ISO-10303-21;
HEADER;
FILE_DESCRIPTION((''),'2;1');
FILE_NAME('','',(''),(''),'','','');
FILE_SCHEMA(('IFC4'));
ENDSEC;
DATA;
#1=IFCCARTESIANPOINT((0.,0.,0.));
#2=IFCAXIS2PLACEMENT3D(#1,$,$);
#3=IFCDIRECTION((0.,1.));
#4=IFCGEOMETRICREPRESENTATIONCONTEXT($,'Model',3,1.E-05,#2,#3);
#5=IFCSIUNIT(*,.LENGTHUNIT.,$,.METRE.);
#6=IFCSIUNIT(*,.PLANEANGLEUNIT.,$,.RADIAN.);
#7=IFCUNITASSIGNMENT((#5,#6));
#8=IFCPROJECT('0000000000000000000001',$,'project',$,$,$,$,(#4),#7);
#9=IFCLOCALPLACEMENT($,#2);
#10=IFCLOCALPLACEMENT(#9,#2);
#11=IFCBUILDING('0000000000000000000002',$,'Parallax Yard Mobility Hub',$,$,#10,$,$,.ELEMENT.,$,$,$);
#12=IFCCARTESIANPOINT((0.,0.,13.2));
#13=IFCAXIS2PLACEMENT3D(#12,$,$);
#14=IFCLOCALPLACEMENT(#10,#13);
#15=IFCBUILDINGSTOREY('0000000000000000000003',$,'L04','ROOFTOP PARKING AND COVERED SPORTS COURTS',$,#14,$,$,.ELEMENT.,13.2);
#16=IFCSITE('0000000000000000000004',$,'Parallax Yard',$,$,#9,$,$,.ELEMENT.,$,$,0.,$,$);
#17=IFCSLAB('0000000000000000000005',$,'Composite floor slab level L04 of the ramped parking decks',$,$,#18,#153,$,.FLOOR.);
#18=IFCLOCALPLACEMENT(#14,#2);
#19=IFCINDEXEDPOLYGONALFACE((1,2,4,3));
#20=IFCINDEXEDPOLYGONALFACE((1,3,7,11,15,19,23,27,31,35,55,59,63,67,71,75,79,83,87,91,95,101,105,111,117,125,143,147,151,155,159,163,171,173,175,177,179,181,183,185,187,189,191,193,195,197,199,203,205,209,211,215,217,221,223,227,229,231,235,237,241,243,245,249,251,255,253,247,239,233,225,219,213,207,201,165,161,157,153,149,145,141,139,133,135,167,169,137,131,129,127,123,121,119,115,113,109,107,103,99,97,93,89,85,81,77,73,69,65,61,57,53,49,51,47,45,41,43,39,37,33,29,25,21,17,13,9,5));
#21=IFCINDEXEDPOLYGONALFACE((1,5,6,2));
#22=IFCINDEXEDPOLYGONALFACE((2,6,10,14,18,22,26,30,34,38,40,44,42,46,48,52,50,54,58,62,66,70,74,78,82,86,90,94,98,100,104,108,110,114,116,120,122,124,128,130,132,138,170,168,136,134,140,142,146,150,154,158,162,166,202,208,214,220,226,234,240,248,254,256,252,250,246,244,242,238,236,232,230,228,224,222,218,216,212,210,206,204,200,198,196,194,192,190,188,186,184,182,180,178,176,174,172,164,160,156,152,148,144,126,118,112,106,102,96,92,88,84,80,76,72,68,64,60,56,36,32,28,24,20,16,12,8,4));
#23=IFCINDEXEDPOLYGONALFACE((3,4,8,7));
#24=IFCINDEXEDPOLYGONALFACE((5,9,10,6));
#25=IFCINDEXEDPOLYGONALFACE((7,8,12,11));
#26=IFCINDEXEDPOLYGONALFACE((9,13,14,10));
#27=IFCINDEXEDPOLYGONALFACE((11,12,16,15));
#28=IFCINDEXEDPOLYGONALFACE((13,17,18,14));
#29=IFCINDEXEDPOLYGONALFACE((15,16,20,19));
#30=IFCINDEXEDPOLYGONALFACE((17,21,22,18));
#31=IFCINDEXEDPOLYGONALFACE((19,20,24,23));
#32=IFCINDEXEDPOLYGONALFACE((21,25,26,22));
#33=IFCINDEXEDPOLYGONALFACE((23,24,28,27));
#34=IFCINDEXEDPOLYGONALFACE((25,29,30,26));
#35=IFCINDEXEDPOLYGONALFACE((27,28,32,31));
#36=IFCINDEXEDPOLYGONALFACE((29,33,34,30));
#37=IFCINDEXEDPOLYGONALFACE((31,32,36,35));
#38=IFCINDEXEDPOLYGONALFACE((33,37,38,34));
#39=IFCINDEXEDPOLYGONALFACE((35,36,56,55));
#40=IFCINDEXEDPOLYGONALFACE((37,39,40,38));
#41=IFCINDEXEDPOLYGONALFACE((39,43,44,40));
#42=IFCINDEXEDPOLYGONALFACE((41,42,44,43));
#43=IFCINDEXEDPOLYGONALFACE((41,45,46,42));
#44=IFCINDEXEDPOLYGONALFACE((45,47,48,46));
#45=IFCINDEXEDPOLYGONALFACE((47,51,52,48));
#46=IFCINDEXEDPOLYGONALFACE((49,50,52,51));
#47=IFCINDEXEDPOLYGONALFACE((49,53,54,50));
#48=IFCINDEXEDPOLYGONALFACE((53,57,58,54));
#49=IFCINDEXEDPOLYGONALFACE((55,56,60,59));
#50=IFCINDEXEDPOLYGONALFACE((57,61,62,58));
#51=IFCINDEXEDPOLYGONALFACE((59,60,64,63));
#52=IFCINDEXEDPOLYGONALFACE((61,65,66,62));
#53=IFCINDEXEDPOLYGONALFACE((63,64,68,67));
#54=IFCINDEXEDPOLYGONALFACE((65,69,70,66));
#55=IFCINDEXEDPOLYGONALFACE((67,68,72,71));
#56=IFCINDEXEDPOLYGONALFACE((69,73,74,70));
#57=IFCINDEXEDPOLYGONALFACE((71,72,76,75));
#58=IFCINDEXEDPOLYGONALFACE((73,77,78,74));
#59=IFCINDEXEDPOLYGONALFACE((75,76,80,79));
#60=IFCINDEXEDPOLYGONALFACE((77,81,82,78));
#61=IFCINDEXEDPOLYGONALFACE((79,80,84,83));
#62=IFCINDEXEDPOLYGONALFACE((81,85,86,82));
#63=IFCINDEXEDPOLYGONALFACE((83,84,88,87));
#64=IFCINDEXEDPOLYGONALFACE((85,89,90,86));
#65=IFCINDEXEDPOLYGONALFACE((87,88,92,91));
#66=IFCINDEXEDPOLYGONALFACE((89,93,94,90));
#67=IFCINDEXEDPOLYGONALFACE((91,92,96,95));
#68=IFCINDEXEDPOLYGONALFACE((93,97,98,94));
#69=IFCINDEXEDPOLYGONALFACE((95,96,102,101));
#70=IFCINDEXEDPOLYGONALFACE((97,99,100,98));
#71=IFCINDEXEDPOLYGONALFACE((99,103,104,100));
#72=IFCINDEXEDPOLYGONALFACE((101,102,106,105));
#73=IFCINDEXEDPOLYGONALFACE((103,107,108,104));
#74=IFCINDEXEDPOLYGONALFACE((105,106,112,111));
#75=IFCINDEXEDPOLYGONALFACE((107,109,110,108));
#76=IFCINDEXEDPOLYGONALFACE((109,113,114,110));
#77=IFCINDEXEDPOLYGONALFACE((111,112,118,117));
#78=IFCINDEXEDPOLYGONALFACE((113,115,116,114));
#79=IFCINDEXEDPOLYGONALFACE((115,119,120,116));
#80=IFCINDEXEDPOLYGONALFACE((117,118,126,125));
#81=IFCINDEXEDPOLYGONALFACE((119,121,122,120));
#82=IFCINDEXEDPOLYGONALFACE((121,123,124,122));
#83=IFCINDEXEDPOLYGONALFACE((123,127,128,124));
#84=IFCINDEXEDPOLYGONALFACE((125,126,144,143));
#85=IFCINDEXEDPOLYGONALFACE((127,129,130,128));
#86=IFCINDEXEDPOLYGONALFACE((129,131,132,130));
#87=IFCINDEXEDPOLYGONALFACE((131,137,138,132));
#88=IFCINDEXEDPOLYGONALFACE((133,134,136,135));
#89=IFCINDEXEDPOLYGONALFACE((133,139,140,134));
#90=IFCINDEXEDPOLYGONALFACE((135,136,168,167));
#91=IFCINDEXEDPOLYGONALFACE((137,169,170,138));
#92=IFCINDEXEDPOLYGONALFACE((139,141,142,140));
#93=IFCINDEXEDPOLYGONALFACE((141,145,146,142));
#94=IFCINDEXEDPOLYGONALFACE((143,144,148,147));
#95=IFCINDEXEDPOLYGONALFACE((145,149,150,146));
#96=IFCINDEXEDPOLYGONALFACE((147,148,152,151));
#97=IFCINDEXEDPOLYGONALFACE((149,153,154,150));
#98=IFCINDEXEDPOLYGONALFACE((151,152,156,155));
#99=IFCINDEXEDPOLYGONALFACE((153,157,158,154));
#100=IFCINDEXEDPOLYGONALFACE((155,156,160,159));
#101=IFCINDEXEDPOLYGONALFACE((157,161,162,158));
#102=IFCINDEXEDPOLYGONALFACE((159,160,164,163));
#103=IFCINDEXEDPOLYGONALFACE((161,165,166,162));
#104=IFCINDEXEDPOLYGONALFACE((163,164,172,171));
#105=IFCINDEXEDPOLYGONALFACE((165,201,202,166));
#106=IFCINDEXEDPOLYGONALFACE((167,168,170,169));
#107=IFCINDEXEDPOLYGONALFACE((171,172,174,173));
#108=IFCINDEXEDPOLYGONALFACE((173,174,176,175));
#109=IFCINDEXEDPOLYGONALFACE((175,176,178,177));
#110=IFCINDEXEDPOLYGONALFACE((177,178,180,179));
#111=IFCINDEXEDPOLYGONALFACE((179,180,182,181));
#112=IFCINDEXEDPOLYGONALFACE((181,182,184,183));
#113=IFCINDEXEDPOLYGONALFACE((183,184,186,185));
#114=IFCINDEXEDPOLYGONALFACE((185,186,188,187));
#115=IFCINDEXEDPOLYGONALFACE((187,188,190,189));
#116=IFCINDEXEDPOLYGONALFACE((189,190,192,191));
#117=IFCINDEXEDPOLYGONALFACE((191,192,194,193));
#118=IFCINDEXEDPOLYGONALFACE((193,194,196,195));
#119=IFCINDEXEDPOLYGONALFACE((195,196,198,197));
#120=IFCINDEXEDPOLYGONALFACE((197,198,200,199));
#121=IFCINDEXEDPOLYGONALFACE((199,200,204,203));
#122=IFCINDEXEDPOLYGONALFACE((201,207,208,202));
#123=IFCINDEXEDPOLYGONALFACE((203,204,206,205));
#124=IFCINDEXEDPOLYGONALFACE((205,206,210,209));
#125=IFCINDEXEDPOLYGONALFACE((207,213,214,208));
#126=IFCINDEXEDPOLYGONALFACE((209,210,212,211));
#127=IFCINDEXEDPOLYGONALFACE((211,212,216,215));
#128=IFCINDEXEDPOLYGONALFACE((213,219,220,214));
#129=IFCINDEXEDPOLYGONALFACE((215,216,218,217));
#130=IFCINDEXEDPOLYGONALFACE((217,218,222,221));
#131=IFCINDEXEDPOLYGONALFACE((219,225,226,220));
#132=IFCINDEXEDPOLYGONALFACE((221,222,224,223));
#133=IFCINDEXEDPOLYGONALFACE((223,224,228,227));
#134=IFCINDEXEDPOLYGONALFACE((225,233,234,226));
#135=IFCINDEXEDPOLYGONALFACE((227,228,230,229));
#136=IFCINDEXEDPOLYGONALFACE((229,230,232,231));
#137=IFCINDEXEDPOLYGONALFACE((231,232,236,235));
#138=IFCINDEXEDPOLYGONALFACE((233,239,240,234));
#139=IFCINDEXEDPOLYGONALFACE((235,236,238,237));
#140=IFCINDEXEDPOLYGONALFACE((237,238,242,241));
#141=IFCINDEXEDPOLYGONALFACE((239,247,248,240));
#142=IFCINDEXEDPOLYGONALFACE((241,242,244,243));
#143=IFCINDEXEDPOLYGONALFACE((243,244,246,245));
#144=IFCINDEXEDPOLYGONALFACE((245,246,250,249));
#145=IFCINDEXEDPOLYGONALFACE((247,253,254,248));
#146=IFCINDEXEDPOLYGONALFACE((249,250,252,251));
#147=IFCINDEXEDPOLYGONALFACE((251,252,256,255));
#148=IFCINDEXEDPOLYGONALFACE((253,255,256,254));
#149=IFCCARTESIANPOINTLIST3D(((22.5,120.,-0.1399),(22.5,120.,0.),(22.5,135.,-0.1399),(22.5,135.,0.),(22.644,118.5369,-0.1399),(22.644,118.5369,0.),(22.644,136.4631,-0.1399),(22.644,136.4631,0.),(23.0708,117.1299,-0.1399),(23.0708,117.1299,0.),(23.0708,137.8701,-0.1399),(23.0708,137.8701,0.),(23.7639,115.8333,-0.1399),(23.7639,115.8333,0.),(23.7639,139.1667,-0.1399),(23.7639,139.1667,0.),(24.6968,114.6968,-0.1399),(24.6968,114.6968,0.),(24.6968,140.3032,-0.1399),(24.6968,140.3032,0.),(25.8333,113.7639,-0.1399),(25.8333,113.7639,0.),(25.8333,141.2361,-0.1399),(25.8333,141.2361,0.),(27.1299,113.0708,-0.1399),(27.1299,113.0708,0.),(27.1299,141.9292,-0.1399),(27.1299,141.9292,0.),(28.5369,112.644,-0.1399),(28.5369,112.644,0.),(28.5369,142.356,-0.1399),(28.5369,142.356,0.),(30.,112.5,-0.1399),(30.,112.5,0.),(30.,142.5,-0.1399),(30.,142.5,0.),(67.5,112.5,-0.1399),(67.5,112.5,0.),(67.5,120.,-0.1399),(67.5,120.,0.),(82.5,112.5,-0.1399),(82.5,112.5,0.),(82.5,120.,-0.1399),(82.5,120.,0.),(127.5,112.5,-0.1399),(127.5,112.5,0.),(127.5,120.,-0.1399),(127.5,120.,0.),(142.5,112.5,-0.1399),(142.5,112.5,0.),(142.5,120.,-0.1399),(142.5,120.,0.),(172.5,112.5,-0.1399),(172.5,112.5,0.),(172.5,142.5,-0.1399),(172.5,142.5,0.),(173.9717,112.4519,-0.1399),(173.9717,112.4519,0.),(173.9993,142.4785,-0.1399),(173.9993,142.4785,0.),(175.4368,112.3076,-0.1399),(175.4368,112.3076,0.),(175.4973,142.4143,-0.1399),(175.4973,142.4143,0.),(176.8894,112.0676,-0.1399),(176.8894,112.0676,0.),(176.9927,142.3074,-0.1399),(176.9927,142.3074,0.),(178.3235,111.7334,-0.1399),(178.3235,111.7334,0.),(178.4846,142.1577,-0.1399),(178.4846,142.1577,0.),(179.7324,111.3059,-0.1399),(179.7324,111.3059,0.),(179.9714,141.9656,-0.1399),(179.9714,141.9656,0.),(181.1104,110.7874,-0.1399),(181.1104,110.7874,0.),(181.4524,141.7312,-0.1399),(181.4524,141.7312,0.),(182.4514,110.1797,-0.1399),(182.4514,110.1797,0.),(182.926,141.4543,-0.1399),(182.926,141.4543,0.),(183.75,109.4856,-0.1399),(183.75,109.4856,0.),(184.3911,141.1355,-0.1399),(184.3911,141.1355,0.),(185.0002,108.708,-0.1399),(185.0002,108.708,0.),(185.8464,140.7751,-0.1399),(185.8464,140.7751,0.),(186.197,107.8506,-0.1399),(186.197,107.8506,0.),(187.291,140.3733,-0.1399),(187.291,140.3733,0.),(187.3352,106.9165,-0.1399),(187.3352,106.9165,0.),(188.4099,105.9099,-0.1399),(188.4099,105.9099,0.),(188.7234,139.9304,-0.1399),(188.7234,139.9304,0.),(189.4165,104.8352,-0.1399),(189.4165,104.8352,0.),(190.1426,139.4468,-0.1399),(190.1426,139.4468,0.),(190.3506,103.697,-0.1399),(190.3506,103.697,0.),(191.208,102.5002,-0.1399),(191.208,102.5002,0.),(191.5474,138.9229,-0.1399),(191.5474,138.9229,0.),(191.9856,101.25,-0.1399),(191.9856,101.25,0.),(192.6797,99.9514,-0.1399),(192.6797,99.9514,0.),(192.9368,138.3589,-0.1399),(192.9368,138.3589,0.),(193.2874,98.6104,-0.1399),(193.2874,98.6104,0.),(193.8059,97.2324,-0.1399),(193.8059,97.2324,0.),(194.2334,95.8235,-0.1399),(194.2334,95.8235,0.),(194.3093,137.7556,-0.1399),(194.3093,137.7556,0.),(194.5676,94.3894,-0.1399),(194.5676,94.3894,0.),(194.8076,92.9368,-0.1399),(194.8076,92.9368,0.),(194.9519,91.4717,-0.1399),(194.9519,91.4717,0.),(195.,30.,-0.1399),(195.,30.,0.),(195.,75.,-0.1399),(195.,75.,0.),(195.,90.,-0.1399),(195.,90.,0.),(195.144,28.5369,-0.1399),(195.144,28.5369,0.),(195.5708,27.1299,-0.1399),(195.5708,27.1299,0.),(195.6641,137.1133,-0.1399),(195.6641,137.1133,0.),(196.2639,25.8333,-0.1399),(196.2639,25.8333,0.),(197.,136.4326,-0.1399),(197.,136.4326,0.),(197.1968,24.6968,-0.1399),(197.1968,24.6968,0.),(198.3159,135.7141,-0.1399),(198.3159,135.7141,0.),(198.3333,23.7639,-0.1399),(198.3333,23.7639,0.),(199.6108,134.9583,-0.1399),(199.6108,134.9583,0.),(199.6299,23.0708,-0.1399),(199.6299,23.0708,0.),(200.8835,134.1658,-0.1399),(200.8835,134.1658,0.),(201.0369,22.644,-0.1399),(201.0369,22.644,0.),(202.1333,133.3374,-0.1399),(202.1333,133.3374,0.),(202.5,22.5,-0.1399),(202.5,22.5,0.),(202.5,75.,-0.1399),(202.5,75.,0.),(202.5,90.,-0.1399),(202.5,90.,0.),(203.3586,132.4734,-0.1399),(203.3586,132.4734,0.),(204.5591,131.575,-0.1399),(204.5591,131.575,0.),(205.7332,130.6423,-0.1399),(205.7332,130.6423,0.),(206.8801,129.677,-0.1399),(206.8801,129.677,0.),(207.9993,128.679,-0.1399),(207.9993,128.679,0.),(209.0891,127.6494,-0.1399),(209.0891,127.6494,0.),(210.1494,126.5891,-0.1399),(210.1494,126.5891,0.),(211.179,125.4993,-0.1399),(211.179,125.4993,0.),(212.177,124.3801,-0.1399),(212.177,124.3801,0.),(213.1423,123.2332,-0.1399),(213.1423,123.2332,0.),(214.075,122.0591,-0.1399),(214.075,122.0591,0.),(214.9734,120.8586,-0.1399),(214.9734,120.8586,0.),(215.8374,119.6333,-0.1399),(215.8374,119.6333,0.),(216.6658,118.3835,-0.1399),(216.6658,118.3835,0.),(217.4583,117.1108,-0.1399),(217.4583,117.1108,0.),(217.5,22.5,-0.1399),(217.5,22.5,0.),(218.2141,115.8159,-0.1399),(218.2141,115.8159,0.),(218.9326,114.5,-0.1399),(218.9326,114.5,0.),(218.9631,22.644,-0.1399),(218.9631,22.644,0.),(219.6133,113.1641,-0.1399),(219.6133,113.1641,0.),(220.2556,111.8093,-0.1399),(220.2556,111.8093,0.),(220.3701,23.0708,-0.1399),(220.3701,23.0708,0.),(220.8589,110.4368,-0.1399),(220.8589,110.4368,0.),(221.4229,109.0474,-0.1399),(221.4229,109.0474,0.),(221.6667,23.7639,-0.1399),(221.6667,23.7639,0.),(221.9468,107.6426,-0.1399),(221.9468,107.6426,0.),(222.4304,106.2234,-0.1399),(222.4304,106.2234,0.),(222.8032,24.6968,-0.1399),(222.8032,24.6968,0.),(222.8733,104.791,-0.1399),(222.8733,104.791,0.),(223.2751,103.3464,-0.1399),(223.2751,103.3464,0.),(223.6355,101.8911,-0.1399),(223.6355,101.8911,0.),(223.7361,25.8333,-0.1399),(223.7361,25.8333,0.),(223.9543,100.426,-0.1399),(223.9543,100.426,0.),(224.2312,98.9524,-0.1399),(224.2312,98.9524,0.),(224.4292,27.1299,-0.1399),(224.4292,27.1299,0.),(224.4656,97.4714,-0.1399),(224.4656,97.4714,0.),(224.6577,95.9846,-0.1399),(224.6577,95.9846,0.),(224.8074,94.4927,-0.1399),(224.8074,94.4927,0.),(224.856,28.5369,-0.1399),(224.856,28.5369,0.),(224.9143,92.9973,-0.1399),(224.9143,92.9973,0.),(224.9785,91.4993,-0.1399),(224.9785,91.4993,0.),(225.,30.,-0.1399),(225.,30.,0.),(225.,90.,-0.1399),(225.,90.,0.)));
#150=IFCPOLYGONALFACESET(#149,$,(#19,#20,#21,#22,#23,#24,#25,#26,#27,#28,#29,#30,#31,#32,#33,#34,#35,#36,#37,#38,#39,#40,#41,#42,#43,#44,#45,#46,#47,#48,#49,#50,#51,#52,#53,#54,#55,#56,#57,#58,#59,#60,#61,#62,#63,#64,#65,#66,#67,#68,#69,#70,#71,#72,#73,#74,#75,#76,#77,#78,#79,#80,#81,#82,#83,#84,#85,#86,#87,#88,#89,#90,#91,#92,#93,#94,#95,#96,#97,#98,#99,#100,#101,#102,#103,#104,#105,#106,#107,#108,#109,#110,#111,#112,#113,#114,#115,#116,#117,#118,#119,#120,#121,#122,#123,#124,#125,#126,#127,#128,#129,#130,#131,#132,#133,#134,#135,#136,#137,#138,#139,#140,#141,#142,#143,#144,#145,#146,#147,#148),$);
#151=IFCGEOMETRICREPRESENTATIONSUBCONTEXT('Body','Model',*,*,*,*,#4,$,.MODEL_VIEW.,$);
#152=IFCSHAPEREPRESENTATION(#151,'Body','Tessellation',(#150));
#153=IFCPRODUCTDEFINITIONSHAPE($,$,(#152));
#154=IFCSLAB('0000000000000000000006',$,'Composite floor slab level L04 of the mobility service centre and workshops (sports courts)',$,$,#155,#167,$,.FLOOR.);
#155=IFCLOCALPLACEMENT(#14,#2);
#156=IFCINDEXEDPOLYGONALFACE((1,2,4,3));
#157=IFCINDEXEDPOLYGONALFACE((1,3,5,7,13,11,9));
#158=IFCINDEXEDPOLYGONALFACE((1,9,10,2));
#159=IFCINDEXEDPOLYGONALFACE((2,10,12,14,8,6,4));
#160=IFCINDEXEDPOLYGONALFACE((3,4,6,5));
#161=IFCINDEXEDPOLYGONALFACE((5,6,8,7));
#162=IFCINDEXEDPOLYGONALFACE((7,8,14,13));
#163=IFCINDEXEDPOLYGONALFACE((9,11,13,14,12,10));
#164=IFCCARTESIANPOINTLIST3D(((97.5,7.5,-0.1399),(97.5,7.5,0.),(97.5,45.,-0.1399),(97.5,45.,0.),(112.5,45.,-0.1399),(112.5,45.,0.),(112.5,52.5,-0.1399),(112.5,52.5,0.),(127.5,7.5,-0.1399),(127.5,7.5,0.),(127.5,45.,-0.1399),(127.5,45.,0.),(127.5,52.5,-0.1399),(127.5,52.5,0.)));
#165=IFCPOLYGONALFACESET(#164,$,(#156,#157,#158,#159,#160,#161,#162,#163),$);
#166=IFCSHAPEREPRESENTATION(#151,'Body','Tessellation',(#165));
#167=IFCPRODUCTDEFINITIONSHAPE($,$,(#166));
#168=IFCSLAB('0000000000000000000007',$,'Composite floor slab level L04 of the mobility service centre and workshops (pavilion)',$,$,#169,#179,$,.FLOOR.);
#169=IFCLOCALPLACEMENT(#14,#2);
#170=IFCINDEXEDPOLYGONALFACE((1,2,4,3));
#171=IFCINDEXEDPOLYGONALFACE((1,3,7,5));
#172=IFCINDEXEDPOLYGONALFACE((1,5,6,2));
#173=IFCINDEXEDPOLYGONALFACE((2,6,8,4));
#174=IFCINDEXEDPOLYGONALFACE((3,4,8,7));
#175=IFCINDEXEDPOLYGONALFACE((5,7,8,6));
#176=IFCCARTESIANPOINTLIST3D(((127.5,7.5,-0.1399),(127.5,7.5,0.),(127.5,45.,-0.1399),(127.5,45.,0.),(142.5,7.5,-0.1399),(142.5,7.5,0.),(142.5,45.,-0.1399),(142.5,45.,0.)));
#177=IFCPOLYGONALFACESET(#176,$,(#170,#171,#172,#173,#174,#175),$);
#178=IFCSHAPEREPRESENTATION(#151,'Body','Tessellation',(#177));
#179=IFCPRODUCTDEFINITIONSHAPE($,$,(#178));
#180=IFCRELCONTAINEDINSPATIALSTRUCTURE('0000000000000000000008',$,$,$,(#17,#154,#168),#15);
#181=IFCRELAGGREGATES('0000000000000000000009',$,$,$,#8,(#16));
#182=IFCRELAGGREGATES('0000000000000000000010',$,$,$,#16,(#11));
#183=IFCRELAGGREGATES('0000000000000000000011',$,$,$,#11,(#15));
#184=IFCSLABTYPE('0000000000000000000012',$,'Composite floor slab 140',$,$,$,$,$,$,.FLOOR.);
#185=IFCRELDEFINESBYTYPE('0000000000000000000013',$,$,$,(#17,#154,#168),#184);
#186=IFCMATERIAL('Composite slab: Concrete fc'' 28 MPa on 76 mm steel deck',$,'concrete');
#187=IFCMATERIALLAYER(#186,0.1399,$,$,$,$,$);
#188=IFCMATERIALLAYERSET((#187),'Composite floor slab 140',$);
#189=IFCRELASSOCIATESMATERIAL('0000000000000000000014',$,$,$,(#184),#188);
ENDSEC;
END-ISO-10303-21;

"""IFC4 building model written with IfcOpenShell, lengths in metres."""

from ifc_helpers import new_model, si_unit, direction, frame, origin, place, context, subcontext, project, spatial, polyline, outline, extrude, material, layer, layer_set, type_object, element, save


model = new_model("IFC4")

# Units and contexts
model_context = context("Model", 3, precision=1e-05, world=origin(), true_north=direction((0.0, 1.0)))
body_context = subcontext(model_context, "Body", "Model", "MODEL_VIEW")
ifc_project = project(units=[si_unit("LENGTHUNIT", "METRE"), si_unit("PLANEANGLEUNIT", "RADIAN")], contexts=[model_context])

# Site, building, storey
site_placement = place(None, origin())
site = spatial("IfcSite", under=ifc_project, at=site_placement, Name="Parallax Yard", CompositionType="ELEMENT", RefElevation=0.0)
building_placement = place(site_placement, origin())
building = spatial("IfcBuilding", under=site, at=building_placement, Name="Parallax Yard Mobility Hub", CompositionType="ELEMENT")
storey_placement = place(building_placement, frame((0.0, 0.0, 13.2)))
storey = spatial("IfcBuildingStorey", under=building, at=storey_placement, Name="L04", Description="ROOFTOP PARKING AND COVERED SPORTS COURTS", CompositionType="ELEMENT", Elevation=13.2)

# Slabs
ifc_material_1 = material(Name="Composite slab: Concrete fc' 28 MPa on 76 mm steel deck", Category="concrete")
ifc_layer_1 = layer(ifc_material_1, 0.1399)
ifc_layer_set_1 = layer_set([ifc_layer_1], Name="Composite floor slab 140")
slab_type = type_object("IfcSlabType", Name="Composite floor slab 140", PredefinedType="FLOOR", material=ifc_layer_set_1)
slab_1_placement = place(storey_placement, frame((0.0, 0.0, -0.1399)))
element("IfcSlab", 1, at=slab_1_placement, inside=storey, type_object=slab_type, Name="Composite floor slab level L04 of the ramped parking decks", PredefinedType="FLOOR", context=body_context, shape_type="SweptSolid", body=[
    extrude(outline(polyline([(25.8333, 141.2361), (24.6968, 140.3032), (23.7639, 139.1667), (23.0708, 137.8701), (22.644, 136.4631), (22.5, 135.0), (22.5, 120.0), (22.644, 118.5369), (23.0708, 117.1299), (23.7639, 115.8333), (24.6968, 114.6968), (25.8333, 113.7639), (27.1299, 113.0708), (28.5369, 112.644), (30.0, 112.5), (67.5, 112.5), (67.5, 120.0), (82.5, 120.0), (82.5, 112.5), (127.5, 112.5), (127.5, 120.0), (142.5, 120.0), (142.5, 112.5), (172.5, 112.5), (173.9717, 112.4519), (175.4368, 112.3076), (176.8894, 112.0676), (178.3235, 111.7334), (179.7324, 111.3059), (181.1104, 110.7874), (182.4514, 110.1797), (183.75, 109.4856), (185.0002, 108.708), (186.197, 107.8506), (187.3352, 106.9165), (188.4099, 105.9099), (189.4165, 104.8352), (190.3506, 103.697), (191.208, 102.5002), (191.9856, 101.25), (192.6797, 99.9514), (193.2874, 98.6104), (193.8059, 97.2324), (194.2334, 95.8235), (194.5676, 94.3894), (194.8076, 92.9368), (194.9519, 91.4717), (195.0, 90.0), (202.5, 90.0), (202.5, 75.0), (195.0, 75.0), (195.0, 30.0), (195.144, 28.5369), (195.5708, 27.1299), (196.2639, 25.8333), (197.1968, 24.6968), (198.3333, 23.7639), (199.6299, 23.0708), (201.0369, 22.644), (202.5, 22.5), (217.5, 22.5), (218.9631, 22.644), (220.3701, 23.0708), (221.6667, 23.7639), (222.8032, 24.6968), (223.7361, 25.8333), (224.4292, 27.1299), (224.856, 28.5369), (225.0, 30.0), (225.0, 90.0), (224.9785, 91.4993), (224.9143, 92.9973), (224.8074, 94.4927), (224.6577, 95.9846), (224.4656, 97.4714), (224.2312, 98.9524), (223.9543, 100.426), (223.6355, 101.8911), (223.2751, 103.3464), (222.8733, 104.791), (222.4304, 106.2234), (221.9468, 107.6426), (221.4229, 109.0474), (220.8589, 110.4368), (220.2556, 111.8093), (219.6133, 113.1641), (218.9326, 114.5), (218.2141, 115.8159), (217.4583, 117.1108), (216.6658, 118.3835), (215.8374, 119.6333), (214.9734, 120.8586), (214.075, 122.0591), (213.1423, 123.2332), (212.177, 124.3801), (211.179, 125.4993), (210.1494, 126.5891), (209.0891, 127.6494), (207.9993, 128.679), (206.8801, 129.677), (205.7332, 130.6423), (204.5591, 131.575), (203.3586, 132.4734), (202.1333, 133.3374), (200.8835, 134.1658), (199.6108, 134.9583), (198.3159, 135.7141), (197.0, 136.4326), (195.6641, 137.1133), (194.3093, 137.7556), (192.9368, 138.3589), (191.5474, 138.9229), (190.1426, 139.4468), (188.7234, 139.9304), (187.291, 140.3733), (185.8464, 140.7751), (184.3911, 141.1355), (182.926, 141.4543), (181.4524, 141.7312), (179.9714, 141.9656), (178.4846, 142.1577), (176.9927, 142.3074), (175.4973, 142.4143), (173.9993, 142.4785), (172.5, 142.5), (30.0, 142.5), (28.5369, 142.356), (27.1299, 141.9292), (25.8333, 141.2361)])), origin(), (0.0, 0.0, 1.0), 0.1399),
])
slab_2_placement = place(storey_placement, frame((0.0, 0.0, -0.1399)))
element("IfcSlab", 2, at=slab_2_placement, inside=storey, type_object=slab_type, Name="Composite floor slab level L04 of the mobility service centre and workshops (sports courts)", PredefinedType="FLOOR", context=body_context, shape_type="SweptSolid", body=[
    extrude(outline(polyline([(127.5, 45.0), (127.5, 52.5), (112.5, 52.5), (112.5, 45.0), (97.5, 45.0), (97.5, 7.5), (127.5, 7.5), (127.5, 45.0)])), origin(), (0.0, 0.0, 1.0), 0.1399),
])
slab_3_placement = place(storey_placement, frame((0.0, 0.0, -0.1399)))
element("IfcSlab", 3, at=slab_3_placement, inside=storey, type_object=slab_type, Name="Composite floor slab level L04 of the mobility service centre and workshops (pavilion)", PredefinedType="FLOOR", context=body_context, shape_type="SweptSolid", body=[
    extrude(outline(polyline([(127.5, 45.0), (127.5, 7.5), (142.5, 7.5), (142.5, 45.0), (127.5, 45.0)])), origin(), (0.0, 0.0, 1.0), 0.1399),
])

save(model, "model.ifc")
